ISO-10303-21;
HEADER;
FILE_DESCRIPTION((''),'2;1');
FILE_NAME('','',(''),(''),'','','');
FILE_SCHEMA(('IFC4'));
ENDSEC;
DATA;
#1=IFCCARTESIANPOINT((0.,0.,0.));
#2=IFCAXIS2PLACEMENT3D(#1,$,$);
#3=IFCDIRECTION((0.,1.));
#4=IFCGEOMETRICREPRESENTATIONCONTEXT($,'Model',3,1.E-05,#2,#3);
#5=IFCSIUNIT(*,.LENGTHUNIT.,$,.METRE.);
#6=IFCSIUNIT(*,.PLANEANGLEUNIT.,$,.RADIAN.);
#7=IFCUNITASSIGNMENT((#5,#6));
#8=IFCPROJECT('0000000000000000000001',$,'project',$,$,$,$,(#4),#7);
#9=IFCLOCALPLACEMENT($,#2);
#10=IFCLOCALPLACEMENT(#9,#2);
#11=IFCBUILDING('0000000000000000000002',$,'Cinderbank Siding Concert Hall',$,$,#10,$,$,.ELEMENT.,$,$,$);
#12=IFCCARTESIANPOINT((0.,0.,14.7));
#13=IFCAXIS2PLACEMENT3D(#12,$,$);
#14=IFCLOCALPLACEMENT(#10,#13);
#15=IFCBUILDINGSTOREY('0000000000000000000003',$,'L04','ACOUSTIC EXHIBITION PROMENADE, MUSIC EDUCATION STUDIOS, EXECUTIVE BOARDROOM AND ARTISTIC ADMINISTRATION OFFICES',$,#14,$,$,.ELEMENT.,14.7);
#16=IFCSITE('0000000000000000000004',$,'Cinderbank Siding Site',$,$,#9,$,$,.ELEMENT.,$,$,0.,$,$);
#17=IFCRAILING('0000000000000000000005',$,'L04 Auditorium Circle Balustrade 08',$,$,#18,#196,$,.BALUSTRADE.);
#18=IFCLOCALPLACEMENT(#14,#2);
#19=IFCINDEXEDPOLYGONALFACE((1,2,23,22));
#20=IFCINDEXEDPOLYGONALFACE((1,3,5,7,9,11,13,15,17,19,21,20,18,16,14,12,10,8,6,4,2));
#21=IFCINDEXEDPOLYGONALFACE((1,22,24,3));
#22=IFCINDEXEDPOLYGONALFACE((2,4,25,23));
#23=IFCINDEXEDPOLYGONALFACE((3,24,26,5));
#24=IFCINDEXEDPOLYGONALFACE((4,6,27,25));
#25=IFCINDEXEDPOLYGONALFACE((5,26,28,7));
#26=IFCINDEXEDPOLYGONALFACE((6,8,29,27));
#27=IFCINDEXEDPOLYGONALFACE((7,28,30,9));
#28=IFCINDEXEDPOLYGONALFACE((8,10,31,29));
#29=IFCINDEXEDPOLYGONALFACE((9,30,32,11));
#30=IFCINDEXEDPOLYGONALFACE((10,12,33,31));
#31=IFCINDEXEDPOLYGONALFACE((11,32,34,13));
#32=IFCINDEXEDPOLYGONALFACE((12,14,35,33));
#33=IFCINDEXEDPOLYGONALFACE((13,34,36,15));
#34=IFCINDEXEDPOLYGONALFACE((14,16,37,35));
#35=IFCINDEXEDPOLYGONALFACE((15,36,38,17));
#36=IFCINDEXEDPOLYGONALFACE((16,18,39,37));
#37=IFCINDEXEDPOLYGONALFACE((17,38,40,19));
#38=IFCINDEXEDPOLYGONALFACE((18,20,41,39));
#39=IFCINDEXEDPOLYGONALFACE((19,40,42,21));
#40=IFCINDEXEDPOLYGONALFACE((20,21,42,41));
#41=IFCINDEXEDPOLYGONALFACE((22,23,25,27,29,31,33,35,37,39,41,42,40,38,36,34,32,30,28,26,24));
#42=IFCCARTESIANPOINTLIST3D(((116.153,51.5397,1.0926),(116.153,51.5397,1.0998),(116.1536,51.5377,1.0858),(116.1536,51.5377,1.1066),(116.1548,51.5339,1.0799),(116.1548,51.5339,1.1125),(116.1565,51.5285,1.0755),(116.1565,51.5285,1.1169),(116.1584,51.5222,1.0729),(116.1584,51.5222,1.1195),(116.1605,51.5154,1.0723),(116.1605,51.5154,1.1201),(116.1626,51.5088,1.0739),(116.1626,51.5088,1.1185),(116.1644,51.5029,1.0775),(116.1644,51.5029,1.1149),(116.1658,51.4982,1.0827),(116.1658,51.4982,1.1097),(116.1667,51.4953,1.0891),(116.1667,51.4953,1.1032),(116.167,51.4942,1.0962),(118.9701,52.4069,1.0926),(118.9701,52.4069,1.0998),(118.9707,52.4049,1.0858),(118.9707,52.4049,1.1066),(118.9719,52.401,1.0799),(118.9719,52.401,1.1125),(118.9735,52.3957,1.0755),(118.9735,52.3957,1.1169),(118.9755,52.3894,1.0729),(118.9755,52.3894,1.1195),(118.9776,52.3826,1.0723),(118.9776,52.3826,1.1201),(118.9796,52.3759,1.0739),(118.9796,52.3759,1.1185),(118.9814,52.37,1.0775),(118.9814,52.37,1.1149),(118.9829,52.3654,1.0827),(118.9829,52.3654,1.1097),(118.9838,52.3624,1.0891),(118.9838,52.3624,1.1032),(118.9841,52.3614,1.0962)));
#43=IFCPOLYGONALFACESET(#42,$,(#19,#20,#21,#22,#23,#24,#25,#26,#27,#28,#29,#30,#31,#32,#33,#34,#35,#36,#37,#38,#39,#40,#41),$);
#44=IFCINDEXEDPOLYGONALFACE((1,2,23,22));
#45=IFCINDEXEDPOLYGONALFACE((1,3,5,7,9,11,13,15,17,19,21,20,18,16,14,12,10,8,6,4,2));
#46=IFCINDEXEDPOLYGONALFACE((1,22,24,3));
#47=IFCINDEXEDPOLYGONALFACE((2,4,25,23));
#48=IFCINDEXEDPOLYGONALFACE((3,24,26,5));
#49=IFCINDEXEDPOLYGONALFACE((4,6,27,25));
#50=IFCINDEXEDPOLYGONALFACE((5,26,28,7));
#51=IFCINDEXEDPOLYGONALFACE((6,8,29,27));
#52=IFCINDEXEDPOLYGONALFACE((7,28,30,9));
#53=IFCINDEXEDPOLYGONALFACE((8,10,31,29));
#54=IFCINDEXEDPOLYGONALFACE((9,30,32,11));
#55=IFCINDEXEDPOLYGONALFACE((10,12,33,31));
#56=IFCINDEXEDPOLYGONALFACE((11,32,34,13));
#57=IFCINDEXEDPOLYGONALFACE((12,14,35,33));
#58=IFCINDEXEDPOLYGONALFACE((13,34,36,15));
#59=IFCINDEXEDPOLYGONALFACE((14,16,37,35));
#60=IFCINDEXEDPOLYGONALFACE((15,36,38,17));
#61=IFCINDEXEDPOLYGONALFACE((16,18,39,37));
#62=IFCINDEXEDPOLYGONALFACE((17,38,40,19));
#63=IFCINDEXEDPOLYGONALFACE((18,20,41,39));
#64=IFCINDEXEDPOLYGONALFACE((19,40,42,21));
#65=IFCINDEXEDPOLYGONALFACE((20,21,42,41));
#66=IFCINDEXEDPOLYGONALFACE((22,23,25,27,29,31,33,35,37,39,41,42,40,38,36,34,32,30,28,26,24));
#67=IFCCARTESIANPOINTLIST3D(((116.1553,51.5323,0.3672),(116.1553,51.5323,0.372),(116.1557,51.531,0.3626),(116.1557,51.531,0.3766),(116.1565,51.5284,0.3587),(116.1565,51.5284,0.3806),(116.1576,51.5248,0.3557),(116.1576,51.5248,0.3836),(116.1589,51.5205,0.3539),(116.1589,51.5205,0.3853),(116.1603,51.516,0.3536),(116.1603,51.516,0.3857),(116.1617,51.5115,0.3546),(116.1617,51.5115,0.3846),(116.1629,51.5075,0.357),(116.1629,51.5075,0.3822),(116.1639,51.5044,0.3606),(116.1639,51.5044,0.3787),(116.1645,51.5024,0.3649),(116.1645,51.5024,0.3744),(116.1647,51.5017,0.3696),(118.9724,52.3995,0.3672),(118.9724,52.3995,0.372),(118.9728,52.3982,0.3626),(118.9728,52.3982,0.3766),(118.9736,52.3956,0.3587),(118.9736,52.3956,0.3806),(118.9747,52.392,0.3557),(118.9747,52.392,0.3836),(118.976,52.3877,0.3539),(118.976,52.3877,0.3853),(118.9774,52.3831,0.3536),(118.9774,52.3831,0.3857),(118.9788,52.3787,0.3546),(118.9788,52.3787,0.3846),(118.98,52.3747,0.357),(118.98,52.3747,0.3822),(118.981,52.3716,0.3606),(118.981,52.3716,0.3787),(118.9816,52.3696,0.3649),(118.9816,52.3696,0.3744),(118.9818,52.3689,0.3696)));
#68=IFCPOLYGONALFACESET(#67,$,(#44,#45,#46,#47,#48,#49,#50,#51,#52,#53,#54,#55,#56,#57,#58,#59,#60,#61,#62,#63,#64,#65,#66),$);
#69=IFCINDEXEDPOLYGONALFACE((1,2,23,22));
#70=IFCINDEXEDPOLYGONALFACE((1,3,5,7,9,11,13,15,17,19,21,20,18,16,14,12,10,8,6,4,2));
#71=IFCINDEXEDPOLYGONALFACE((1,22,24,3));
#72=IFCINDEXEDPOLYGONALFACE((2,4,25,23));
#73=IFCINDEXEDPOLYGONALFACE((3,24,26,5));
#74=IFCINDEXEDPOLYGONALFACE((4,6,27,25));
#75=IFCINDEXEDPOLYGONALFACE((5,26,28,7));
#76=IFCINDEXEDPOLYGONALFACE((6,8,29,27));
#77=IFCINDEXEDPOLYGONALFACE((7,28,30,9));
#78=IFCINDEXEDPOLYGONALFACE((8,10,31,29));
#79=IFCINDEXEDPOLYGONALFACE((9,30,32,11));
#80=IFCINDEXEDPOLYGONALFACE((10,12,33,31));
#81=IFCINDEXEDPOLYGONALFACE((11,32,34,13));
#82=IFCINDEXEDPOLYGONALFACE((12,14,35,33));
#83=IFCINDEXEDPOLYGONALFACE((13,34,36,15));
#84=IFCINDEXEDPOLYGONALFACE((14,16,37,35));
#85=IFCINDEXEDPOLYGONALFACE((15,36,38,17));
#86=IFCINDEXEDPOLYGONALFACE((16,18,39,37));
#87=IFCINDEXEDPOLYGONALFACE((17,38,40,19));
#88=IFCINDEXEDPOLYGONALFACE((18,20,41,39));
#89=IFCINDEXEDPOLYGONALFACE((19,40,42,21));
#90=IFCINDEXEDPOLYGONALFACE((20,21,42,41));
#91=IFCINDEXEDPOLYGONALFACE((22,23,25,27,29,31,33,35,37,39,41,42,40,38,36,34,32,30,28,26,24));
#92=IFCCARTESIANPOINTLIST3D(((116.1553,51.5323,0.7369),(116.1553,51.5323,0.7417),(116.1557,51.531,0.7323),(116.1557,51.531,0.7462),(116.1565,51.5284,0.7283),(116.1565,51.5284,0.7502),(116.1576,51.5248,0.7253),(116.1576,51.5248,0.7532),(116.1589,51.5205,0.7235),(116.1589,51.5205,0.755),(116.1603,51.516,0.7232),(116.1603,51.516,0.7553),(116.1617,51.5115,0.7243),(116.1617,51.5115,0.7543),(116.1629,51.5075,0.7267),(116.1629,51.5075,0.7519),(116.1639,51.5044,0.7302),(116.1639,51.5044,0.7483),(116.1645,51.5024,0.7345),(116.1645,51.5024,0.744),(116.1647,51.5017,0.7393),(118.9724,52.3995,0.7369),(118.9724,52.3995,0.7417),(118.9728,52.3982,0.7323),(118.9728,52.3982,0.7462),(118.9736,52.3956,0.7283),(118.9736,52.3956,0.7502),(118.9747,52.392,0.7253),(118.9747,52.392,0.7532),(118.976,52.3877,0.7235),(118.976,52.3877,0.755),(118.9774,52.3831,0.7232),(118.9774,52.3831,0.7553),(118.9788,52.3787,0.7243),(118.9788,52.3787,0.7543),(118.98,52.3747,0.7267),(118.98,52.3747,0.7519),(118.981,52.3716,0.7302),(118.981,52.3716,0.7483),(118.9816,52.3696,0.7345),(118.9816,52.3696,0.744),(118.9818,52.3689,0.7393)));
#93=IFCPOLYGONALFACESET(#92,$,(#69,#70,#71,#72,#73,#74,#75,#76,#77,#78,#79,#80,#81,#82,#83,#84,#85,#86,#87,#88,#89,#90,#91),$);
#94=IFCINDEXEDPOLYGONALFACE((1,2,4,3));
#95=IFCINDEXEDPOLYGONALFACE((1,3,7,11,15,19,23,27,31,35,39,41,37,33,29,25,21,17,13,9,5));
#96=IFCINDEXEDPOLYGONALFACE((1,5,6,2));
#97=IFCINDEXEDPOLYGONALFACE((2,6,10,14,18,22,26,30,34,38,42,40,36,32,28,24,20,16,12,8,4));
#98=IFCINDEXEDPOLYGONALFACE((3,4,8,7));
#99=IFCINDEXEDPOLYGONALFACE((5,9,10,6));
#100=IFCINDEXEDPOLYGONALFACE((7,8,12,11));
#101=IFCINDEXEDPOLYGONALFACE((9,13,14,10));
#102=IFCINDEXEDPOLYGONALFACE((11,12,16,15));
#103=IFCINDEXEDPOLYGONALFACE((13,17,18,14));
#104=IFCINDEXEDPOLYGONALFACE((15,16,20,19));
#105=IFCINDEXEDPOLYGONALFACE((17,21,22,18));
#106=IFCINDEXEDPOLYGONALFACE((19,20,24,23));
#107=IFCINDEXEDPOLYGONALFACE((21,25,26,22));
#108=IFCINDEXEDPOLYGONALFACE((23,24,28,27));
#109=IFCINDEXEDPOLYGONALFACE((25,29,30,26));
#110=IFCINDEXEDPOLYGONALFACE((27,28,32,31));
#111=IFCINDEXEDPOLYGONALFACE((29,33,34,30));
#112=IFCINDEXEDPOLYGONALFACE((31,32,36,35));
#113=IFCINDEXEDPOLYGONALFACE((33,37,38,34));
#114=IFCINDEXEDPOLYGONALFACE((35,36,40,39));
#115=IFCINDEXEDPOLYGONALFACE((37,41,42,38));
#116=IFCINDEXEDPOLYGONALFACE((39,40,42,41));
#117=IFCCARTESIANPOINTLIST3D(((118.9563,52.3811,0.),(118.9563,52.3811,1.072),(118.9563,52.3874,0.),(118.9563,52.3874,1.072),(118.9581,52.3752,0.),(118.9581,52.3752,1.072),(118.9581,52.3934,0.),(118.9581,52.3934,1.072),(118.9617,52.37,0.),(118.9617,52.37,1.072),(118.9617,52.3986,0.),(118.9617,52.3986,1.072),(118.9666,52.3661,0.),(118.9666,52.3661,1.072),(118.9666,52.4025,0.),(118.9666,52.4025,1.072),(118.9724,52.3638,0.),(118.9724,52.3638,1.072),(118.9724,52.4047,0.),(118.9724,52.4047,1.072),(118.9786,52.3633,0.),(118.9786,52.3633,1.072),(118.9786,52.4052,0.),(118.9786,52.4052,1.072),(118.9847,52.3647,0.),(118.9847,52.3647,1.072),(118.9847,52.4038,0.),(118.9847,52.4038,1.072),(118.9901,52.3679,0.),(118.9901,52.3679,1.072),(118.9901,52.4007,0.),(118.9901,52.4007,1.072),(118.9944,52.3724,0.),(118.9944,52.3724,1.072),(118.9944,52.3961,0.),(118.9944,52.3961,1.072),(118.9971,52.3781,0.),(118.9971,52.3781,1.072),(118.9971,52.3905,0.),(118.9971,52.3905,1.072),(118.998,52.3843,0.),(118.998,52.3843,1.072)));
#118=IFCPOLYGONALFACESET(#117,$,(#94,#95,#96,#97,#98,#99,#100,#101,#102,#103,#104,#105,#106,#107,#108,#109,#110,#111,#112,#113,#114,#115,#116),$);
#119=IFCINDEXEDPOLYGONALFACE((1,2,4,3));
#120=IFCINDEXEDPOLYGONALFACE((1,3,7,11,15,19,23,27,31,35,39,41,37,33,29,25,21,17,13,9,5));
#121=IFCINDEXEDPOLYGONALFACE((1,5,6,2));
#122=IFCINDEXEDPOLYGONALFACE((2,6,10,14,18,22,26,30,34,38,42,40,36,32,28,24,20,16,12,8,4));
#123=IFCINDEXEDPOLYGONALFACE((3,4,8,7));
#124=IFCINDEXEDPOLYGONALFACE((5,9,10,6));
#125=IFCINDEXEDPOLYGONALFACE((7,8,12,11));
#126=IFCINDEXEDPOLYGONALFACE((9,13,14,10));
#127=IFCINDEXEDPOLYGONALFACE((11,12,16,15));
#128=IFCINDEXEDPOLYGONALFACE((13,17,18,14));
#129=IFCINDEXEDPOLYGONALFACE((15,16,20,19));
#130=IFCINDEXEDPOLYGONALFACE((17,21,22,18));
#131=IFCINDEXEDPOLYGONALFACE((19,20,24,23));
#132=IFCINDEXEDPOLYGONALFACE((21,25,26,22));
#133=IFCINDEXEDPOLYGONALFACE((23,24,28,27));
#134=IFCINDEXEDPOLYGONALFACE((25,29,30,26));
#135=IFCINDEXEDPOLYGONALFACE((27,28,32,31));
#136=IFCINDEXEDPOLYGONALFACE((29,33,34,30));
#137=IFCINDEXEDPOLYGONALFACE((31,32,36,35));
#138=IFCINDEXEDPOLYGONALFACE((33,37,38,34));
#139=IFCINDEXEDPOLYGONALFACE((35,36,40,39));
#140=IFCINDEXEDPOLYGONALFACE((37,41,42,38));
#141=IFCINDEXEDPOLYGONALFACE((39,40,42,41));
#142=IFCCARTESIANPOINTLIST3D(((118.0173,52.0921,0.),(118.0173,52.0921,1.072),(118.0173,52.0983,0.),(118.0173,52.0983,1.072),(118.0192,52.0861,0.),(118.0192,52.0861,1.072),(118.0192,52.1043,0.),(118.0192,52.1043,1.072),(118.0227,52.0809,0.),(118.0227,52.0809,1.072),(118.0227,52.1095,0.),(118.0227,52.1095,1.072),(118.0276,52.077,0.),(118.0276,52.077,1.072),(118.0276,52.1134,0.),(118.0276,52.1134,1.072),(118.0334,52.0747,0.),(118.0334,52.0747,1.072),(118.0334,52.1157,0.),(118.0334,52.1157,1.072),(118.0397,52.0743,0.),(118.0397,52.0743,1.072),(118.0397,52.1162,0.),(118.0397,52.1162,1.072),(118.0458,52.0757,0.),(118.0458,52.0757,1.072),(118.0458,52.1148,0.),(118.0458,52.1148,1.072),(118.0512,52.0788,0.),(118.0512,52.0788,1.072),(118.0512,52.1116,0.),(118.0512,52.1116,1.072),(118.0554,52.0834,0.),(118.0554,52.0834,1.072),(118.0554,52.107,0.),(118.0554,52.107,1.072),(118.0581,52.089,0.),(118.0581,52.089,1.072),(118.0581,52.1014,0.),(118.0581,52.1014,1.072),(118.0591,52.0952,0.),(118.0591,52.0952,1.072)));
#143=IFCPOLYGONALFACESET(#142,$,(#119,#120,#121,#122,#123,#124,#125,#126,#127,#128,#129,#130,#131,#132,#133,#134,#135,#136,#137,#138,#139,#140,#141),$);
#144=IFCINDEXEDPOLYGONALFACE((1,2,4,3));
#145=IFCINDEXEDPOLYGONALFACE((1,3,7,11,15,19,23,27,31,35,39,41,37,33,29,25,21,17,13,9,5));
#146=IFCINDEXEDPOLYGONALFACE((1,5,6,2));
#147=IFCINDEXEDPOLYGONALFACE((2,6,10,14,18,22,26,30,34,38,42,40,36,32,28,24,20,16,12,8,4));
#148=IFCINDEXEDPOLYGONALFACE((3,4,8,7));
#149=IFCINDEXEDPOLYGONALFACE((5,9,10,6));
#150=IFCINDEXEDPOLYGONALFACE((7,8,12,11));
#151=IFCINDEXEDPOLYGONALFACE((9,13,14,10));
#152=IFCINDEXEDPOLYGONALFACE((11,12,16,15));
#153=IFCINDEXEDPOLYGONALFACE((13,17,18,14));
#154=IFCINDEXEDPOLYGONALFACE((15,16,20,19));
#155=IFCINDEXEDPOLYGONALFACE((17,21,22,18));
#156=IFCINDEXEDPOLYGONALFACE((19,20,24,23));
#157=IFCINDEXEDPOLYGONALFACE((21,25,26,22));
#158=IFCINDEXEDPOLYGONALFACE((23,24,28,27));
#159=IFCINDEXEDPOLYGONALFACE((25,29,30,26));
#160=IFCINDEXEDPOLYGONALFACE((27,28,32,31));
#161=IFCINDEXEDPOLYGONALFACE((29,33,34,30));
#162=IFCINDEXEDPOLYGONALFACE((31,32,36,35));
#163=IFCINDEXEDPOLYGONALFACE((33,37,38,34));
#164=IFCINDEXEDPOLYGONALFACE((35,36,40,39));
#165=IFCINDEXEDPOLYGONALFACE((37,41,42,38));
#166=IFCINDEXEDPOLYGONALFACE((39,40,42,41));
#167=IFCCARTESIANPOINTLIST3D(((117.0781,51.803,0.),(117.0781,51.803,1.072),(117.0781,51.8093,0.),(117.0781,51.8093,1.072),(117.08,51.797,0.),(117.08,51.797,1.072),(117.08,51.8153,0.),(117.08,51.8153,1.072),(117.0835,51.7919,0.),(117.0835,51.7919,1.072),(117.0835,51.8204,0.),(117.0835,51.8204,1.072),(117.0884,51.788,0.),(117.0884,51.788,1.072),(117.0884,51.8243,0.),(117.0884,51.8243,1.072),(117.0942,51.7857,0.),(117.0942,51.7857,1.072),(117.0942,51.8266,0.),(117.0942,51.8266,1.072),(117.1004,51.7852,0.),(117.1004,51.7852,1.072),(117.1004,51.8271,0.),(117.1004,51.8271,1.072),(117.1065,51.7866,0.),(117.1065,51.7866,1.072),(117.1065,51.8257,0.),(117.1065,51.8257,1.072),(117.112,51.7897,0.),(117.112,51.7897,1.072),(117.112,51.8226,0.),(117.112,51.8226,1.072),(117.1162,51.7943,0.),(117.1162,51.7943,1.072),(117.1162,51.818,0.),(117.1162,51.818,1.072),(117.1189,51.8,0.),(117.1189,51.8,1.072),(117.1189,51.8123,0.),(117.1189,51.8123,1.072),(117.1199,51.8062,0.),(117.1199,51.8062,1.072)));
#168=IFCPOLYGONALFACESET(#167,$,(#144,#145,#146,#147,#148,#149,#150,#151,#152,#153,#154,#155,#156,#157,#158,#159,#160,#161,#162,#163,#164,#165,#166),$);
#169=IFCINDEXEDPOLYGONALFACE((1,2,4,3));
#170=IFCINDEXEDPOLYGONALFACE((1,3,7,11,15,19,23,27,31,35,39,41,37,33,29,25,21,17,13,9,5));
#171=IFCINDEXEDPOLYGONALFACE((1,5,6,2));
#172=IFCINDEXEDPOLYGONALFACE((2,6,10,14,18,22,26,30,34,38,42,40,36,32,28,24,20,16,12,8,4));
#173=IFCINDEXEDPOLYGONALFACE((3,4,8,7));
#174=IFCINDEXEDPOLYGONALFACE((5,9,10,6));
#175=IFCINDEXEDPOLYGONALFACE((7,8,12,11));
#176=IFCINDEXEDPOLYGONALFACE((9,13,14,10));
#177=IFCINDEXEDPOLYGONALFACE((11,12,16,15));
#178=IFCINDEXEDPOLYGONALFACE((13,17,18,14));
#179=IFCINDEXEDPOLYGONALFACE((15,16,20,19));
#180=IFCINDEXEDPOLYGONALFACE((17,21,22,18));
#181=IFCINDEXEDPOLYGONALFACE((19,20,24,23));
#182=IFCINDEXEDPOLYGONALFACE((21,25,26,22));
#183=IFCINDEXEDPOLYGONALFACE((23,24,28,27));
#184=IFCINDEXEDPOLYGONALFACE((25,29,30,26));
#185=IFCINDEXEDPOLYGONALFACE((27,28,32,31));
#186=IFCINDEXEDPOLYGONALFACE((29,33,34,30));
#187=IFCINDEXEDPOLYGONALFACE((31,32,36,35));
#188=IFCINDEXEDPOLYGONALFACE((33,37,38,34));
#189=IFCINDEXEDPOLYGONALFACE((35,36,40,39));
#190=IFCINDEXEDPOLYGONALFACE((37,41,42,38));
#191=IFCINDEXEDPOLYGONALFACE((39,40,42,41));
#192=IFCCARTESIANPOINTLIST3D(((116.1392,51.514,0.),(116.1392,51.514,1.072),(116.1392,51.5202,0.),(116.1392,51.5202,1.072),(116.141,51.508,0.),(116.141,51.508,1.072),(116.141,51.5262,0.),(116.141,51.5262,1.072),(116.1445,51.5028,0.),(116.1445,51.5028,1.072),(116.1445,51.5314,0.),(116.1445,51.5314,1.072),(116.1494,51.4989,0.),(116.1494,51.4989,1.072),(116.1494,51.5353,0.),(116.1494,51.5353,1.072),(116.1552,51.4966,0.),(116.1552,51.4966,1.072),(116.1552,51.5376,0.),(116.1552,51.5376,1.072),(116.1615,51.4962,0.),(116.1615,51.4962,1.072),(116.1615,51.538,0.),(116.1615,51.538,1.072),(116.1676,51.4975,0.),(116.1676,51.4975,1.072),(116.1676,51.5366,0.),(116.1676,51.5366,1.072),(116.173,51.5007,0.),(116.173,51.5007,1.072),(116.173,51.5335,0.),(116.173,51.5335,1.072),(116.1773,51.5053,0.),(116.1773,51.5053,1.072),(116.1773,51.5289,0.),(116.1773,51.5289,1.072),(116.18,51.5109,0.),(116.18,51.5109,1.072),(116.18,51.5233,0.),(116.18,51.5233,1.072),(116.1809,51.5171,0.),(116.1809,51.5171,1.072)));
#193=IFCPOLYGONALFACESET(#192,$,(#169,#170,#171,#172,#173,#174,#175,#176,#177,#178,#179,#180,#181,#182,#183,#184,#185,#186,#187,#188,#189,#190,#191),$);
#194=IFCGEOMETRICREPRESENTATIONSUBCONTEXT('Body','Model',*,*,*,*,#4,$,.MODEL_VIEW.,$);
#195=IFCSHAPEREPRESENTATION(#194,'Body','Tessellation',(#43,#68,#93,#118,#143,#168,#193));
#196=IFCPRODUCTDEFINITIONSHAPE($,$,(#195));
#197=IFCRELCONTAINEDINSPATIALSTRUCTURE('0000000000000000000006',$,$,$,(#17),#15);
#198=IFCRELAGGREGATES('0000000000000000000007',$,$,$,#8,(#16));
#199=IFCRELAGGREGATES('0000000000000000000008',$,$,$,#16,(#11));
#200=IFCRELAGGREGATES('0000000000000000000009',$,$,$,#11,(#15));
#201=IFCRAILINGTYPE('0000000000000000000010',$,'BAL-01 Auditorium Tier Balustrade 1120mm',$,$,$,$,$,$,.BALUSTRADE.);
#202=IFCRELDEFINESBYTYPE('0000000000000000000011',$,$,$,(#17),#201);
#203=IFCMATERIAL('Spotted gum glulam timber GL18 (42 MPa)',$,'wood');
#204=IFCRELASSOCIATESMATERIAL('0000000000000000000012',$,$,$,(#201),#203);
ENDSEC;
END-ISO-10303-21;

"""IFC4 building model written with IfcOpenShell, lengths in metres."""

from ifc_helpers import new_model, si_unit, direction, frame, origin, origin_2d, place, context, subcontext, project, spatial, circle, extrude, material, type_object, element, save


model = new_model("IFC4")

# Units and contexts
model_context = context("Model", 3, precision=1e-05, world=origin(), true_north=direction((0.0, 1.0)))
body_context = subcontext(model_context, "Body", "Model", "MODEL_VIEW")
ifc_project = project(units=[si_unit("LENGTHUNIT", "METRE"), si_unit("PLANEANGLEUNIT", "RADIAN")], contexts=[model_context])

# Site, building, storey
site_placement = place(None, origin())
site = spatial("IfcSite", under=ifc_project, at=site_placement, Name="Cinderbank Siding Site", CompositionType="ELEMENT", RefElevation=0.0)
building_placement = place(site_placement, origin())
building = spatial("IfcBuilding", under=site, at=building_placement, Name="Cinderbank Siding Concert Hall", CompositionType="ELEMENT")
storey_placement = place(building_placement, frame((0.0, 0.0, 14.7)))
storey = spatial("IfcBuildingStorey", under=building, at=storey_placement, Name="L04", Description="ACOUSTIC EXHIBITION PROMENADE, MUSIC EDUCATION STUDIOS, EXECUTIVE BOARDROOM AND ARTISTIC ADMINISTRATION OFFICES", CompositionType="ELEMENT", Elevation=14.7)

# Shared definitions
ifc_material_1 = material(Name="Spotted gum glulam timber GL18 (42 MPa)", Category="wood")

# Railing
railing_type_1 = type_object("IfcRailingType", Name="BAL-01 Auditorium Tier Balustrade 1120mm", PredefinedType="BALUSTRADE", material=ifc_material_1)
railing_1_placement = place(storey_placement, frame((118.9771, 52.3843, 0.0)))
element("IfcRailing", 1, at=railing_1_placement, inside=storey, type_object=railing_type_1, Name="L04 Auditorium Circle Balustrade 08", PredefinedType="BALUSTRADE", context=body_context, shape_type="SweptSolid", body=[
    extrude(circle(Radius=0.0239, at=origin_2d()), frame((0.0, 0.0, 1.0962), z_axis=(-0.955743, -0.294202, 0.0), x_axis=(0.294202, -0.955743, 0.0)), (0.0, 0.0, 1.0), 2.9475),
    extrude(circle(Radius=0.0161, at=origin_2d()), frame((0.0, 0.0, 0.3696), z_axis=(-0.955743, -0.294202, 0.0), x_axis=(0.294202, -0.955743, 0.0)), (0.0, 0.0, 1.0), 2.9475),
    extrude(circle(Radius=0.0161, at=origin_2d()), frame((0.0, 0.0, 0.7393), z_axis=(-0.955743, -0.294202, 0.0), x_axis=(0.294202, -0.955743, 0.0)), (0.0, 0.0, 1.0), 2.9475),
    extrude(circle(Radius=0.021, at=origin_2d()), origin(), (0.0, 0.0, 1.0), 1.072),
    extrude(circle(Radius=0.021, at=origin_2d()), frame((-0.939, -0.2891, 0.0)), (0.0, 0.0, 1.0), 1.072),
    extrude(circle(Radius=0.021, at=origin_2d()), frame((-1.8782, -0.5781, 0.0)), (0.0, 0.0, 1.0), 1.072),
    extrude(circle(Radius=0.021, at=origin_2d()), frame((-2.8171, -0.8672, 0.0)), (0.0, 0.0, 1.0), 1.072),
])

save(model, "model.ifc")
